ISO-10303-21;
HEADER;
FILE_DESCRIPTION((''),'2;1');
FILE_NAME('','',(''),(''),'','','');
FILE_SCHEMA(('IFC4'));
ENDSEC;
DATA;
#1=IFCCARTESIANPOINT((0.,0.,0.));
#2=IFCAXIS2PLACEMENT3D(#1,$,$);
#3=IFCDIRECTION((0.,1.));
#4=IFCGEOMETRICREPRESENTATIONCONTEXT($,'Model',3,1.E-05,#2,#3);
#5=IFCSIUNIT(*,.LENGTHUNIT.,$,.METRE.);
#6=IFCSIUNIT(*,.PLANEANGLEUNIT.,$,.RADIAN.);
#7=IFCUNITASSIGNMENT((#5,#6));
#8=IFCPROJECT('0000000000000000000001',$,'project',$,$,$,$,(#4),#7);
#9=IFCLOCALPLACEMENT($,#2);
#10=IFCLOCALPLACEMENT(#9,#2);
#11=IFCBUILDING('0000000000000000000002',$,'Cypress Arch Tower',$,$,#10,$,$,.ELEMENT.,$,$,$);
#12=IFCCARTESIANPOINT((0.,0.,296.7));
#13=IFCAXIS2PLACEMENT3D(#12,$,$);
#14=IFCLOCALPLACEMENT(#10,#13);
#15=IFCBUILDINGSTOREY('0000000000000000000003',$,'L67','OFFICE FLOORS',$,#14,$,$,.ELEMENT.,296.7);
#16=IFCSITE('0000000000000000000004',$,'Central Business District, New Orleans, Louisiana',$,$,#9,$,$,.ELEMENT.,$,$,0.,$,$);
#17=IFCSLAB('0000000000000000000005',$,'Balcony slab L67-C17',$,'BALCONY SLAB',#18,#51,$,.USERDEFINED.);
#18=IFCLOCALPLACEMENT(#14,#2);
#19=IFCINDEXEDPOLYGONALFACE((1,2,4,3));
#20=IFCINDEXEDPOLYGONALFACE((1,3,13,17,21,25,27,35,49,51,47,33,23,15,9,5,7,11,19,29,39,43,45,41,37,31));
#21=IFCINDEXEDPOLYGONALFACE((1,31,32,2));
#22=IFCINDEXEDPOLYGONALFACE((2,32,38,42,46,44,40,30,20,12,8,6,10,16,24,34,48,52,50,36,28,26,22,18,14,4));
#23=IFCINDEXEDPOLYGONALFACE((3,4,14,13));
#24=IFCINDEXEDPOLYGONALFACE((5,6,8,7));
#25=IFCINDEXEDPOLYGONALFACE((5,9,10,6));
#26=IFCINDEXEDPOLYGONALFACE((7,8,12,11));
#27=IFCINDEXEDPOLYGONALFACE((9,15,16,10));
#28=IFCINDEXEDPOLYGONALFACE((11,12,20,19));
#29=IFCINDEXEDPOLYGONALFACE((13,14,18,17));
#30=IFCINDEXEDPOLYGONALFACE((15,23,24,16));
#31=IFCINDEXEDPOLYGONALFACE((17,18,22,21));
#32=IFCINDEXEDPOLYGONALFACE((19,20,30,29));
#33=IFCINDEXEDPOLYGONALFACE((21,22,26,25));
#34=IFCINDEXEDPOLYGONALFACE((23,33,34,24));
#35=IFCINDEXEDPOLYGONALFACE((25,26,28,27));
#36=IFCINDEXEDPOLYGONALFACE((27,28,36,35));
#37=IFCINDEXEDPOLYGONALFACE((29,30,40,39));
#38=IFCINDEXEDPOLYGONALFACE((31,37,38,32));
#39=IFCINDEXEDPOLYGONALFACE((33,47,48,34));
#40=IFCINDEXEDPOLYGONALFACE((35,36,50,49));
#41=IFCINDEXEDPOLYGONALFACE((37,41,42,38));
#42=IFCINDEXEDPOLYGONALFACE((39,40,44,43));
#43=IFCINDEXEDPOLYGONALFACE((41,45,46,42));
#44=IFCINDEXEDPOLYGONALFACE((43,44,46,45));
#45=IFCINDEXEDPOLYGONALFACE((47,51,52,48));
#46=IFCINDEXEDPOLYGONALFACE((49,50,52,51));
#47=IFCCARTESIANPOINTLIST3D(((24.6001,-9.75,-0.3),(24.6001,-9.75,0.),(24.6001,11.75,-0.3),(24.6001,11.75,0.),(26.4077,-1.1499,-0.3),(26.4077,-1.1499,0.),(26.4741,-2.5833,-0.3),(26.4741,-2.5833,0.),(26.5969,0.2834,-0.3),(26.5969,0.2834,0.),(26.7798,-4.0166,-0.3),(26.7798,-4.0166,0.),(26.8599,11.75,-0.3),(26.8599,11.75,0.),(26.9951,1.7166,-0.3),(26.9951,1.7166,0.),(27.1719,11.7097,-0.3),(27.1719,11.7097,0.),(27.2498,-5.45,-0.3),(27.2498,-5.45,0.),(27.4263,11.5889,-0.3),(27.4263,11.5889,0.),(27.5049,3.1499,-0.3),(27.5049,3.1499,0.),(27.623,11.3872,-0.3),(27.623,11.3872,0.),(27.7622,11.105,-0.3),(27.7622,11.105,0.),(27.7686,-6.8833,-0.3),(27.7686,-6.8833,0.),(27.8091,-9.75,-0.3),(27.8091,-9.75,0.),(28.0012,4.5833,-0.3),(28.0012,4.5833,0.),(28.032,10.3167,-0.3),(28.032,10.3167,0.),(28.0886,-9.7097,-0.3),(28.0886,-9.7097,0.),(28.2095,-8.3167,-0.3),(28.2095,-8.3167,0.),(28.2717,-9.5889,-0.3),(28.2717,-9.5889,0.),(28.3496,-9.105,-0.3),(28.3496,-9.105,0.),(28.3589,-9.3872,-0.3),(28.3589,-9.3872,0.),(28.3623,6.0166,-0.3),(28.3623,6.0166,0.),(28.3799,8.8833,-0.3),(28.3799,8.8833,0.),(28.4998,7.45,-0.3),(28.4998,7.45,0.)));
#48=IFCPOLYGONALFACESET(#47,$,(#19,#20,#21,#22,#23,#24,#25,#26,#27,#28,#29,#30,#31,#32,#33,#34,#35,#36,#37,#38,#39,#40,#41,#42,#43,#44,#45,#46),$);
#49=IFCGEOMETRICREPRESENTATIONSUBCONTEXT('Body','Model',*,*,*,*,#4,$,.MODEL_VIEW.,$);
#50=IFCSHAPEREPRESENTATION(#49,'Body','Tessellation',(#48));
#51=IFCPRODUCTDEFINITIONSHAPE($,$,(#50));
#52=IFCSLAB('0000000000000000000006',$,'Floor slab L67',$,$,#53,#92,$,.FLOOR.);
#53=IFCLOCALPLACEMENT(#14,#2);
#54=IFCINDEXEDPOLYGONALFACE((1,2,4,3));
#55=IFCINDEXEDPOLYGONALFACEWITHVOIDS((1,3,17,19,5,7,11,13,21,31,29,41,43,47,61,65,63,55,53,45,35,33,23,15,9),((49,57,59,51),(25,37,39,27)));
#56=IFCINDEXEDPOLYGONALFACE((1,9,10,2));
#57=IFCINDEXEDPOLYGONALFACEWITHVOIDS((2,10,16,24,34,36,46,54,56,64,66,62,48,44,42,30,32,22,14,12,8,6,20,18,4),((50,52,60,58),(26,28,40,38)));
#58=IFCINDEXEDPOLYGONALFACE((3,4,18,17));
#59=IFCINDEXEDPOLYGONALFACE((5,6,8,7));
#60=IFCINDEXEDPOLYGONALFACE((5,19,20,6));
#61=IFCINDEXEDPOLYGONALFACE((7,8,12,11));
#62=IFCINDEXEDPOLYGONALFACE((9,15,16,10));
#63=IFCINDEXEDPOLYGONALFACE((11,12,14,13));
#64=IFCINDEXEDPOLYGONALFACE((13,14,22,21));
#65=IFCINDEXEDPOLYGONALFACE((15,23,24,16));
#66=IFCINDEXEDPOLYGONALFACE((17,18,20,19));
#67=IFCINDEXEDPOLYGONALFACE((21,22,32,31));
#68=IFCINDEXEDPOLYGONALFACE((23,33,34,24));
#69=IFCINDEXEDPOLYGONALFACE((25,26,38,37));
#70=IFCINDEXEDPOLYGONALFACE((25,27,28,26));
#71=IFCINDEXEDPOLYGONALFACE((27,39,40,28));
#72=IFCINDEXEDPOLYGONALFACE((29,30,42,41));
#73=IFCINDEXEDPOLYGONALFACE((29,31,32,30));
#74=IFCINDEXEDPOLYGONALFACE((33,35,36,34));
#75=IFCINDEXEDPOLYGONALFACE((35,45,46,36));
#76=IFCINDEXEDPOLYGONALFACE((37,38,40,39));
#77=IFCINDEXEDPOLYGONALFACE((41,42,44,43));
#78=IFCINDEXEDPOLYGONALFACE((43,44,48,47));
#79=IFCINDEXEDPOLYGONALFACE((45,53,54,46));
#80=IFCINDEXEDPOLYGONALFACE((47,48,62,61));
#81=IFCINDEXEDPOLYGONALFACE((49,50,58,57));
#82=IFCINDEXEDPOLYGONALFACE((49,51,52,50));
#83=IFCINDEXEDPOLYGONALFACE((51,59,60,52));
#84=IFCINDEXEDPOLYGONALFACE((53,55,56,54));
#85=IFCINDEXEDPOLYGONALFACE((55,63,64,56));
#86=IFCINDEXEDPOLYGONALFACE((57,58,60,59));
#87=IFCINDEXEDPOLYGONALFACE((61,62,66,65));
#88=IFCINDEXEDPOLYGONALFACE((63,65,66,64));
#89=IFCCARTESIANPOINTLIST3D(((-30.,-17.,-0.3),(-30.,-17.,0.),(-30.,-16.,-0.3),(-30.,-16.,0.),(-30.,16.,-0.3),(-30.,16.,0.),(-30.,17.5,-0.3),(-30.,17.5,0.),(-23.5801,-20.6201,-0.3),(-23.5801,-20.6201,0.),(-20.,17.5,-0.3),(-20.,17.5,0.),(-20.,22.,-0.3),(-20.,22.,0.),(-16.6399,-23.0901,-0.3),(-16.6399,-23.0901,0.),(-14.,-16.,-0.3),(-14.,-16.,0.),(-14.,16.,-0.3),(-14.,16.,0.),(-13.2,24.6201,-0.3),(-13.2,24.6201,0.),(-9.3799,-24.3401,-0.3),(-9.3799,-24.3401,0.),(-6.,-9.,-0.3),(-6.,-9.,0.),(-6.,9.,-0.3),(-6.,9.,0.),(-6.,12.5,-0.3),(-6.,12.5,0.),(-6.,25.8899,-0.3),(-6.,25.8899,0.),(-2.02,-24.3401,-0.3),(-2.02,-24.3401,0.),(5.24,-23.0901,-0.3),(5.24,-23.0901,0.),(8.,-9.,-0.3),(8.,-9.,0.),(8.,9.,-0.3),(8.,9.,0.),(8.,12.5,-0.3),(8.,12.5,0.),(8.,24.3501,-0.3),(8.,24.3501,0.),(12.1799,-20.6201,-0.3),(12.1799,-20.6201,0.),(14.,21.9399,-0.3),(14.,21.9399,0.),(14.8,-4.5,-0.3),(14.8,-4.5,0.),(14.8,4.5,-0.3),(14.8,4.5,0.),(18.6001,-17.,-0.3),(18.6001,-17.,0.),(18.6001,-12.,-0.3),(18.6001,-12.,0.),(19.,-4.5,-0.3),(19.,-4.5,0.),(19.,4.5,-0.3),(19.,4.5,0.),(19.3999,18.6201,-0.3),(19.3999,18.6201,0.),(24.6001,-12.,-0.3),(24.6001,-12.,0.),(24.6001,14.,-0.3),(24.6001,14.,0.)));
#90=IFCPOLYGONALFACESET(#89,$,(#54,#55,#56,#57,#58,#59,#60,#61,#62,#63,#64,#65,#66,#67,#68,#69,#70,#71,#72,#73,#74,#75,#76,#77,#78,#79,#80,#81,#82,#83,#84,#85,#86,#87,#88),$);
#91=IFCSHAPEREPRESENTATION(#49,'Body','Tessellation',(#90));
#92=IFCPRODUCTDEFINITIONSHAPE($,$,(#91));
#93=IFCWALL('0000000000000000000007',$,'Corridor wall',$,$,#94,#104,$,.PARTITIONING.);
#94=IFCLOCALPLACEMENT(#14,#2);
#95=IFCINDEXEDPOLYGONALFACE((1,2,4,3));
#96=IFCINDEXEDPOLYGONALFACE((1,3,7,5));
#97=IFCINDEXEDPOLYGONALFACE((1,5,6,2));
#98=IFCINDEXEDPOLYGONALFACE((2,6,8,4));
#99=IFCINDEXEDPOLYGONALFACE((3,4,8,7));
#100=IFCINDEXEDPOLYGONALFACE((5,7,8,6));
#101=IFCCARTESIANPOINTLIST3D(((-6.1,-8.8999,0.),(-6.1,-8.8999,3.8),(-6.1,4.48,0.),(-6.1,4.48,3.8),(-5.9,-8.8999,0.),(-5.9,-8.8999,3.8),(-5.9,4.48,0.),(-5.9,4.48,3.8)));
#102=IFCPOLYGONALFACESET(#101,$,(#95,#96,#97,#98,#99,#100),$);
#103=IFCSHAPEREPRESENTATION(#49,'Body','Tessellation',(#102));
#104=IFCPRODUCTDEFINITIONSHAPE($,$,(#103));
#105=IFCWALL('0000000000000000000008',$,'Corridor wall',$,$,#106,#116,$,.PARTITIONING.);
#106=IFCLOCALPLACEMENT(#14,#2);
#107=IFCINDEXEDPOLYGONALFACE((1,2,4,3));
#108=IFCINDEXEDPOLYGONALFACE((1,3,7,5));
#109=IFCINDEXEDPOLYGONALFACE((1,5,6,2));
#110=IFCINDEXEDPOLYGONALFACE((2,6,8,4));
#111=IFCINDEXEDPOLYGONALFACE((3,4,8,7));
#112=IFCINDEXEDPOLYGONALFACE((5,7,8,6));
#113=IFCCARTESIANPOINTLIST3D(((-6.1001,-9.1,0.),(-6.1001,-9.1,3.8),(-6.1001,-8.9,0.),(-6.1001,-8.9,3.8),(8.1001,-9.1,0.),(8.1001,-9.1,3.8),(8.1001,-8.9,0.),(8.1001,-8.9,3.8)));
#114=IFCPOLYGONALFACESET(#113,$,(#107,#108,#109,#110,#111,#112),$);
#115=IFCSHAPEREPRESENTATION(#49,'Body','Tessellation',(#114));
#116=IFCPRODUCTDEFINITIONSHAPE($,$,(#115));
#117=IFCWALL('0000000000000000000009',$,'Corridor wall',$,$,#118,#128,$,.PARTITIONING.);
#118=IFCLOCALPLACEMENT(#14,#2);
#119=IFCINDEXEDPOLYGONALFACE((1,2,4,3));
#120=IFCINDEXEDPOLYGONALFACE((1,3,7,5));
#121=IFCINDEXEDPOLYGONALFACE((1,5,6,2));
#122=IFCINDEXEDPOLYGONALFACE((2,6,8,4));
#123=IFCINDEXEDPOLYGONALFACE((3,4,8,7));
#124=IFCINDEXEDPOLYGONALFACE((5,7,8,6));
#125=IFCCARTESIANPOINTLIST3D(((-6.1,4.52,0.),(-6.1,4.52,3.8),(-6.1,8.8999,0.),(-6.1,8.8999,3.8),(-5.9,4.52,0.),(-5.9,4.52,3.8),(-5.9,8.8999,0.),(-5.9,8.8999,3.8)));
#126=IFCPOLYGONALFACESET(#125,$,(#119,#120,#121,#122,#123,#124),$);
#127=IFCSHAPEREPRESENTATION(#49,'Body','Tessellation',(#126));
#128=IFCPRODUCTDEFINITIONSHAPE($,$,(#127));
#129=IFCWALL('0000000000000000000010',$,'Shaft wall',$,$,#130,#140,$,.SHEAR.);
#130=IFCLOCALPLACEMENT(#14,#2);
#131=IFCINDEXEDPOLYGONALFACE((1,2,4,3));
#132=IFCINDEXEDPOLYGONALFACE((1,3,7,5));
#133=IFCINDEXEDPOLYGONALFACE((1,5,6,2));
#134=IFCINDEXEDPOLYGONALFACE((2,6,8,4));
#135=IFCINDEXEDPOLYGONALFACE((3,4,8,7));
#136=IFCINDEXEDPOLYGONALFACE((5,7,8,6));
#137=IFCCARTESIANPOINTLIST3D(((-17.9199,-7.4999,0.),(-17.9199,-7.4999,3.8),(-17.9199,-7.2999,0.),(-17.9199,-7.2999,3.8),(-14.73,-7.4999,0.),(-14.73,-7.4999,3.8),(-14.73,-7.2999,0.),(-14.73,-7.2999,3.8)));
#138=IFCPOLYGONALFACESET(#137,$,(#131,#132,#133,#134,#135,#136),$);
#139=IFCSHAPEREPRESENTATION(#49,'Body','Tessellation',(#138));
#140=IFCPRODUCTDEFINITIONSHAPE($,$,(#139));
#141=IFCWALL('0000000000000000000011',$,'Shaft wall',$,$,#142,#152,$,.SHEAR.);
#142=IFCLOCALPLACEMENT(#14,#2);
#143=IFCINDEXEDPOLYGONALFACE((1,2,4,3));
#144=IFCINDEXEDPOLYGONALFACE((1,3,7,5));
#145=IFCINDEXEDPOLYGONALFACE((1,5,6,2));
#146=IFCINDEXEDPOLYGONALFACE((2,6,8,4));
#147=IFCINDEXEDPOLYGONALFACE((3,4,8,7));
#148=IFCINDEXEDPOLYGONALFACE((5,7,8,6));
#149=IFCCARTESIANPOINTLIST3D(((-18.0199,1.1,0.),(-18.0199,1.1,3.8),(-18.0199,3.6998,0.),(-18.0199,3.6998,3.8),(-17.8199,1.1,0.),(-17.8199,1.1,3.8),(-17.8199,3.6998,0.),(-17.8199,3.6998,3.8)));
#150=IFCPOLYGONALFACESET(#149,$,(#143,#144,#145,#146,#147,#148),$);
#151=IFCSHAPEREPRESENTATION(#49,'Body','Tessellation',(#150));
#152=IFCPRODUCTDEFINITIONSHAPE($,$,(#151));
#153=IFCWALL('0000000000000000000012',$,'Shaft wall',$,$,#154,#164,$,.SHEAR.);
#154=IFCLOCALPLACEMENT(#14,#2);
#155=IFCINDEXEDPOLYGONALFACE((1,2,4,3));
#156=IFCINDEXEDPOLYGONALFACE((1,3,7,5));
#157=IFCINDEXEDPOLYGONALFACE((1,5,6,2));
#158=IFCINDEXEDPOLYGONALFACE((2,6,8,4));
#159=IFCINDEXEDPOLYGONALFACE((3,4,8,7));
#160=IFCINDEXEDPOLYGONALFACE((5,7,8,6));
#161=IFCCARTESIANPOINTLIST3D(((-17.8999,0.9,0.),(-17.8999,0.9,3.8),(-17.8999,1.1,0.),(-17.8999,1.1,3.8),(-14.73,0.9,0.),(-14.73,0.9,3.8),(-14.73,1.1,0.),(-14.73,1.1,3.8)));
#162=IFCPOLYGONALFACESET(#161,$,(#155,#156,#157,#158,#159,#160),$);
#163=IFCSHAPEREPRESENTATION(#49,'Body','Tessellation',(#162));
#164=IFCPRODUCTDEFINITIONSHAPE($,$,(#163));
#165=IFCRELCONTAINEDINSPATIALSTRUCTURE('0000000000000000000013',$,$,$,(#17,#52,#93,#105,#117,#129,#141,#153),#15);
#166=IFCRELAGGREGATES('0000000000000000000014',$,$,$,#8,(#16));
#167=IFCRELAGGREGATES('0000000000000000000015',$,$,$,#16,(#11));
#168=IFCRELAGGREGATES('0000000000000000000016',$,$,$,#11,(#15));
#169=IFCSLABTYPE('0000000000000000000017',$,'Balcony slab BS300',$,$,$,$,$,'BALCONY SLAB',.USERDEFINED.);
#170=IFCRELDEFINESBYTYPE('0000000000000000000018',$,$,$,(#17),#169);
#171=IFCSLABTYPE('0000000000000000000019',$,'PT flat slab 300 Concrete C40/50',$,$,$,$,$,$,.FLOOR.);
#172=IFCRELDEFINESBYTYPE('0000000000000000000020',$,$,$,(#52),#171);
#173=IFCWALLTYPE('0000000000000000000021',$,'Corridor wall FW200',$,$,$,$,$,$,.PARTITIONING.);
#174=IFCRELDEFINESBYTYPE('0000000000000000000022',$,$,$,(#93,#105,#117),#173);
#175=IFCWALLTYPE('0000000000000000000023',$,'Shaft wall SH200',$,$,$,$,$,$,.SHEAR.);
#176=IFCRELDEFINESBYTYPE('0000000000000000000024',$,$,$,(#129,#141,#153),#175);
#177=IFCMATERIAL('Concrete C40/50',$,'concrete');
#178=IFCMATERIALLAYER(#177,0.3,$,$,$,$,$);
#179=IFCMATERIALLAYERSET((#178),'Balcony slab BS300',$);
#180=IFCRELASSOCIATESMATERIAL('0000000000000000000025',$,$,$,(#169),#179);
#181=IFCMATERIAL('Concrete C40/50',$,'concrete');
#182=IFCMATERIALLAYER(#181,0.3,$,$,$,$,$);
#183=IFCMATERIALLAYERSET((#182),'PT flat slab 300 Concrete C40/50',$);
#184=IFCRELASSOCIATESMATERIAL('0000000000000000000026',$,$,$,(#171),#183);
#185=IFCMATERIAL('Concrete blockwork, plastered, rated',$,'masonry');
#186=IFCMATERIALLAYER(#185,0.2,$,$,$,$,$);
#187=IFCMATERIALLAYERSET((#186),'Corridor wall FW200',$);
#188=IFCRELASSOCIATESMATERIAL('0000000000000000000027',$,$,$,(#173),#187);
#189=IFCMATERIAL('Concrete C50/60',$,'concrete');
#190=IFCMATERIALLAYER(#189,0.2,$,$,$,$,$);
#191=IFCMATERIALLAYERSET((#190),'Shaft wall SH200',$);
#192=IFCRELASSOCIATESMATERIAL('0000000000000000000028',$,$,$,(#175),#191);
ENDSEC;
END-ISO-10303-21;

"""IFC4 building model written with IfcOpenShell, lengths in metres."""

from ifc_helpers import new_model, si_unit, direction, frame, frame_2d, origin, place, context, subcontext, project, spatial, polyline, rectangle, outline, extrude, material, layer, layer_set, type_object, element, save


model = new_model("IFC4")

# Units and contexts
model_context = context("Model", 3, precision=1e-05, world=origin(), true_north=direction((0.0, 1.0)))
body_context = subcontext(model_context, "Body", "Model", "MODEL_VIEW")
ifc_project = project(units=[si_unit("LENGTHUNIT", "METRE"), si_unit("PLANEANGLEUNIT", "RADIAN")], contexts=[model_context])

# Site, building, storey
site_placement = place(None, origin())
site = spatial("IfcSite", under=ifc_project, at=site_placement, Name="Central Business District, New Orleans, Louisiana", CompositionType="ELEMENT", RefElevation=0.0)
building_placement = place(site_placement, origin())
building = spatial("IfcBuilding", under=site, at=building_placement, Name="Cypress Arch Tower", CompositionType="ELEMENT")
storey_placement = place(building_placement, frame((0.0, 0.0, 296.7)))
storey = spatial("IfcBuildingStorey", under=building, at=storey_placement, Name="L67", Description="OFFICE FLOORS", CompositionType="ELEMENT", Elevation=296.7)

# Slabs
ifc_material_1 = material(Name="Concrete C40/50", Category="concrete")
ifc_layer_1 = layer(ifc_material_1, 0.3)
ifc_layer_set_1 = layer_set([ifc_layer_1], Name="Balcony slab BS300")
slab_type_1 = type_object("IfcSlabType", Name="Balcony slab BS300", ElementType="BALCONY SLAB", PredefinedType="USERDEFINED", material=ifc_layer_set_1)
slab_1_placement = place(storey_placement, frame((0.0, 0.0, -0.3)))
element("IfcSlab", 1, at=slab_1_placement, inside=storey, type_object=slab_type_1, Name="Balcony slab L67-C17", ObjectType="BALCONY SLAB", PredefinedType="USERDEFINED", context=body_context, shape_type="SweptSolid", body=[
    extrude(outline(polyline([(24.6001, -9.75), (27.8091, -9.75), (28.0886, -9.7097), (28.2717, -9.5889), (28.3589, -9.3872), (28.3496, -9.105), (28.2095, -8.3167), (27.7686, -6.8833), (27.2498, -5.45), (26.7798, -4.0166), (26.4741, -2.5833), (26.4077, -1.1499), (26.5969, 0.2834), (26.9951, 1.7166), (27.5049, 3.1499), (28.0012, 4.5833), (28.3623, 6.0166), (28.4998, 7.45), (28.3799, 8.8833), (28.032, 10.3167), (27.7622, 11.105), (27.623, 11.3872), (27.4263, 11.5889), (27.1719, 11.7097), (26.8599, 11.75), (24.6001, 11.75), (24.6001, -9.75)])), origin(), (0.0, 0.0, 1.0), 0.3),
])
ifc_material_2 = material(Name="Concrete C40/50", Category="concrete")
ifc_layer_2 = layer(ifc_material_2, 0.3)
ifc_layer_set_2 = layer_set([ifc_layer_2], Name="PT flat slab 300 Concrete C40/50")
slab_type_2 = type_object("IfcSlabType", Name="PT flat slab 300 Concrete C40/50", PredefinedType="FLOOR", material=ifc_layer_set_2)
slab_2_placement = place(storey_placement, frame((0.0, 0.0, -0.3)))
element("IfcSlab", 2, at=slab_2_placement, inside=storey, type_object=slab_type_2, Name="Floor slab L67", PredefinedType="FLOOR", context=body_context, shape_type="SweptSolid", body=[
    extrude(outline(polyline([(-30.0, 17.5), (-20.0, 17.5), (-20.0, 22.0), (-13.2, 24.6201), (-6.0, 25.8899), (-6.0, 12.5), (8.0, 12.5), (8.0, 24.3501), (14.0, 21.9399), (19.3999, 18.6201), (24.6001, 14.0), (24.6001, -12.0), (18.6001, -12.0), (18.6001, -17.0), (12.1799, -20.6201), (5.24, -23.0901), (-2.02, -24.3401), (-9.3799, -24.3401), (-16.6399, -23.0901), (-23.5801, -20.6201), (-30.0, -17.0), (-30.0, -16.0), (-14.0, -16.0), (-14.0, 16.0), (-30.0, 16.0), (-30.0, 17.5)]), holes=[polyline([(-6.0, -9.0), (8.0, -9.0), (8.0, 9.0), (-6.0, 9.0), (-6.0, -9.0)]), polyline([(14.8, -4.5), (19.0, -4.5), (19.0, 4.5), (14.8, 4.5), (14.8, -4.5)])]), origin(), (0.0, 0.0, 1.0), 0.3),
])

# Walls
ifc_material_3 = material(Name="Concrete blockwork, plastered, rated", Category="masonry")
ifc_layer_3 = layer(ifc_material_3, 0.2)
ifc_layer_set_3 = layer_set([ifc_layer_3], Name="Corridor wall FW200")
wall_type_1 = type_object("IfcWallType", Name="Corridor wall FW200", PredefinedType="PARTITIONING", material=ifc_layer_set_3)
wall_1_placement = place(storey_placement, frame((-6.0, -8.8999, 0.0), z_axis=(0.0, 0.0, 1.0), x_axis=(0.0, 1.0, 0.0)))
element("IfcWall", 3, at=wall_1_placement, inside=storey, type_object=wall_type_1, Name="Corridor wall", PredefinedType="PARTITIONING", context=body_context, shape_type="SweptSolid", body=[
    extrude(rectangle(XDim=13.3799, YDim=0.2, at=frame_2d((6.6899, 0.0))), origin(), (0.0, 0.0, 1.0), 3.8),
])
wall_2_placement = place(storey_placement, frame((-6.1001, -9.0, 0.0), z_axis=(0.0, 0.0, 1.0), x_axis=(1.0, 0.0, 0.0)))
element("IfcWall", 4, at=wall_2_placement, inside=storey, type_object=wall_type_1, Name="Corridor wall", PredefinedType="PARTITIONING", context=body_context, shape_type="SweptSolid", body=[
    extrude(rectangle(XDim=14.2002, YDim=0.2, at=frame_2d((7.1001, 0.0))), origin(), (0.0, 0.0, 1.0), 3.8),
])
wall_3_placement = place(storey_placement, frame((-6.0, 4.52, 0.0), z_axis=(0.0, 0.0, 1.0), x_axis=(0.0, 1.0, 0.0)))
element("IfcWall", 5, at=wall_3_placement, inside=storey, type_object=wall_type_1, Name="Corridor wall", PredefinedType="PARTITIONING", context=body_context, shape_type="SweptSolid", body=[
    extrude(rectangle(XDim=4.3799, YDim=0.2, at=frame_2d((2.1899, 0.0))), origin(), (0.0, 0.0, 1.0), 3.8),
])
ifc_material_4 = material(Name="Concrete C50/60", Category="concrete")
ifc_layer_4 = layer(ifc_material_4, 0.2)
ifc_layer_set_4 = layer_set([ifc_layer_4], Name="Shaft wall SH200")
wall_type_2 = type_object("IfcWallType", Name="Shaft wall SH200", PredefinedType="SHEAR", material=ifc_layer_set_4)
wall_4_placement = place(storey_placement, frame((-17.9199, -7.3999, 0.0), z_axis=(0.0, 0.0, 1.0), x_axis=(1.0, 0.0, 0.0)))
element("IfcWall", 6, at=wall_4_placement, inside=storey, type_object=wall_type_2, Name="Shaft wall", PredefinedType="SHEAR", context=body_context, shape_type="SweptSolid", body=[
    extrude(rectangle(XDim=3.1899, YDim=0.2, at=frame_2d((1.595, 0.0))), origin(), (0.0, 0.0, 1.0), 3.8),
])
wall_5_placement = place(storey_placement, frame((-17.9199, 1.1001, 0.0), z_axis=(0.0, 0.0, 1.0), x_axis=(0.0, 1.0, 0.0)))
element("IfcWall", 7, at=wall_5_placement, inside=storey, type_object=wall_type_2, Name="Shaft wall", PredefinedType="SHEAR", context=body_context, shape_type="SweptSolid", body=[
    extrude(rectangle(XDim=2.5999, YDim=0.2, at=frame_2d((1.2998, 0.0))), origin(), (0.0, 0.0, 1.0), 3.8),
])
wall_6_placement = place(storey_placement, frame((-17.8999, 1.0, 0.0), z_axis=(0.0, 0.0, 1.0), x_axis=(1.0, 0.0, 0.0)))
element("IfcWall", 8, at=wall_6_placement, inside=storey, type_object=wall_type_2, Name="Shaft wall", PredefinedType="SHEAR", context=body_context, shape_type="SweptSolid", body=[
    extrude(rectangle(XDim=3.1699, YDim=0.2, at=frame_2d((1.585, 0.0))), origin(), (0.0, 0.0, 1.0), 3.8),
])

save(model, "model.ifc")
